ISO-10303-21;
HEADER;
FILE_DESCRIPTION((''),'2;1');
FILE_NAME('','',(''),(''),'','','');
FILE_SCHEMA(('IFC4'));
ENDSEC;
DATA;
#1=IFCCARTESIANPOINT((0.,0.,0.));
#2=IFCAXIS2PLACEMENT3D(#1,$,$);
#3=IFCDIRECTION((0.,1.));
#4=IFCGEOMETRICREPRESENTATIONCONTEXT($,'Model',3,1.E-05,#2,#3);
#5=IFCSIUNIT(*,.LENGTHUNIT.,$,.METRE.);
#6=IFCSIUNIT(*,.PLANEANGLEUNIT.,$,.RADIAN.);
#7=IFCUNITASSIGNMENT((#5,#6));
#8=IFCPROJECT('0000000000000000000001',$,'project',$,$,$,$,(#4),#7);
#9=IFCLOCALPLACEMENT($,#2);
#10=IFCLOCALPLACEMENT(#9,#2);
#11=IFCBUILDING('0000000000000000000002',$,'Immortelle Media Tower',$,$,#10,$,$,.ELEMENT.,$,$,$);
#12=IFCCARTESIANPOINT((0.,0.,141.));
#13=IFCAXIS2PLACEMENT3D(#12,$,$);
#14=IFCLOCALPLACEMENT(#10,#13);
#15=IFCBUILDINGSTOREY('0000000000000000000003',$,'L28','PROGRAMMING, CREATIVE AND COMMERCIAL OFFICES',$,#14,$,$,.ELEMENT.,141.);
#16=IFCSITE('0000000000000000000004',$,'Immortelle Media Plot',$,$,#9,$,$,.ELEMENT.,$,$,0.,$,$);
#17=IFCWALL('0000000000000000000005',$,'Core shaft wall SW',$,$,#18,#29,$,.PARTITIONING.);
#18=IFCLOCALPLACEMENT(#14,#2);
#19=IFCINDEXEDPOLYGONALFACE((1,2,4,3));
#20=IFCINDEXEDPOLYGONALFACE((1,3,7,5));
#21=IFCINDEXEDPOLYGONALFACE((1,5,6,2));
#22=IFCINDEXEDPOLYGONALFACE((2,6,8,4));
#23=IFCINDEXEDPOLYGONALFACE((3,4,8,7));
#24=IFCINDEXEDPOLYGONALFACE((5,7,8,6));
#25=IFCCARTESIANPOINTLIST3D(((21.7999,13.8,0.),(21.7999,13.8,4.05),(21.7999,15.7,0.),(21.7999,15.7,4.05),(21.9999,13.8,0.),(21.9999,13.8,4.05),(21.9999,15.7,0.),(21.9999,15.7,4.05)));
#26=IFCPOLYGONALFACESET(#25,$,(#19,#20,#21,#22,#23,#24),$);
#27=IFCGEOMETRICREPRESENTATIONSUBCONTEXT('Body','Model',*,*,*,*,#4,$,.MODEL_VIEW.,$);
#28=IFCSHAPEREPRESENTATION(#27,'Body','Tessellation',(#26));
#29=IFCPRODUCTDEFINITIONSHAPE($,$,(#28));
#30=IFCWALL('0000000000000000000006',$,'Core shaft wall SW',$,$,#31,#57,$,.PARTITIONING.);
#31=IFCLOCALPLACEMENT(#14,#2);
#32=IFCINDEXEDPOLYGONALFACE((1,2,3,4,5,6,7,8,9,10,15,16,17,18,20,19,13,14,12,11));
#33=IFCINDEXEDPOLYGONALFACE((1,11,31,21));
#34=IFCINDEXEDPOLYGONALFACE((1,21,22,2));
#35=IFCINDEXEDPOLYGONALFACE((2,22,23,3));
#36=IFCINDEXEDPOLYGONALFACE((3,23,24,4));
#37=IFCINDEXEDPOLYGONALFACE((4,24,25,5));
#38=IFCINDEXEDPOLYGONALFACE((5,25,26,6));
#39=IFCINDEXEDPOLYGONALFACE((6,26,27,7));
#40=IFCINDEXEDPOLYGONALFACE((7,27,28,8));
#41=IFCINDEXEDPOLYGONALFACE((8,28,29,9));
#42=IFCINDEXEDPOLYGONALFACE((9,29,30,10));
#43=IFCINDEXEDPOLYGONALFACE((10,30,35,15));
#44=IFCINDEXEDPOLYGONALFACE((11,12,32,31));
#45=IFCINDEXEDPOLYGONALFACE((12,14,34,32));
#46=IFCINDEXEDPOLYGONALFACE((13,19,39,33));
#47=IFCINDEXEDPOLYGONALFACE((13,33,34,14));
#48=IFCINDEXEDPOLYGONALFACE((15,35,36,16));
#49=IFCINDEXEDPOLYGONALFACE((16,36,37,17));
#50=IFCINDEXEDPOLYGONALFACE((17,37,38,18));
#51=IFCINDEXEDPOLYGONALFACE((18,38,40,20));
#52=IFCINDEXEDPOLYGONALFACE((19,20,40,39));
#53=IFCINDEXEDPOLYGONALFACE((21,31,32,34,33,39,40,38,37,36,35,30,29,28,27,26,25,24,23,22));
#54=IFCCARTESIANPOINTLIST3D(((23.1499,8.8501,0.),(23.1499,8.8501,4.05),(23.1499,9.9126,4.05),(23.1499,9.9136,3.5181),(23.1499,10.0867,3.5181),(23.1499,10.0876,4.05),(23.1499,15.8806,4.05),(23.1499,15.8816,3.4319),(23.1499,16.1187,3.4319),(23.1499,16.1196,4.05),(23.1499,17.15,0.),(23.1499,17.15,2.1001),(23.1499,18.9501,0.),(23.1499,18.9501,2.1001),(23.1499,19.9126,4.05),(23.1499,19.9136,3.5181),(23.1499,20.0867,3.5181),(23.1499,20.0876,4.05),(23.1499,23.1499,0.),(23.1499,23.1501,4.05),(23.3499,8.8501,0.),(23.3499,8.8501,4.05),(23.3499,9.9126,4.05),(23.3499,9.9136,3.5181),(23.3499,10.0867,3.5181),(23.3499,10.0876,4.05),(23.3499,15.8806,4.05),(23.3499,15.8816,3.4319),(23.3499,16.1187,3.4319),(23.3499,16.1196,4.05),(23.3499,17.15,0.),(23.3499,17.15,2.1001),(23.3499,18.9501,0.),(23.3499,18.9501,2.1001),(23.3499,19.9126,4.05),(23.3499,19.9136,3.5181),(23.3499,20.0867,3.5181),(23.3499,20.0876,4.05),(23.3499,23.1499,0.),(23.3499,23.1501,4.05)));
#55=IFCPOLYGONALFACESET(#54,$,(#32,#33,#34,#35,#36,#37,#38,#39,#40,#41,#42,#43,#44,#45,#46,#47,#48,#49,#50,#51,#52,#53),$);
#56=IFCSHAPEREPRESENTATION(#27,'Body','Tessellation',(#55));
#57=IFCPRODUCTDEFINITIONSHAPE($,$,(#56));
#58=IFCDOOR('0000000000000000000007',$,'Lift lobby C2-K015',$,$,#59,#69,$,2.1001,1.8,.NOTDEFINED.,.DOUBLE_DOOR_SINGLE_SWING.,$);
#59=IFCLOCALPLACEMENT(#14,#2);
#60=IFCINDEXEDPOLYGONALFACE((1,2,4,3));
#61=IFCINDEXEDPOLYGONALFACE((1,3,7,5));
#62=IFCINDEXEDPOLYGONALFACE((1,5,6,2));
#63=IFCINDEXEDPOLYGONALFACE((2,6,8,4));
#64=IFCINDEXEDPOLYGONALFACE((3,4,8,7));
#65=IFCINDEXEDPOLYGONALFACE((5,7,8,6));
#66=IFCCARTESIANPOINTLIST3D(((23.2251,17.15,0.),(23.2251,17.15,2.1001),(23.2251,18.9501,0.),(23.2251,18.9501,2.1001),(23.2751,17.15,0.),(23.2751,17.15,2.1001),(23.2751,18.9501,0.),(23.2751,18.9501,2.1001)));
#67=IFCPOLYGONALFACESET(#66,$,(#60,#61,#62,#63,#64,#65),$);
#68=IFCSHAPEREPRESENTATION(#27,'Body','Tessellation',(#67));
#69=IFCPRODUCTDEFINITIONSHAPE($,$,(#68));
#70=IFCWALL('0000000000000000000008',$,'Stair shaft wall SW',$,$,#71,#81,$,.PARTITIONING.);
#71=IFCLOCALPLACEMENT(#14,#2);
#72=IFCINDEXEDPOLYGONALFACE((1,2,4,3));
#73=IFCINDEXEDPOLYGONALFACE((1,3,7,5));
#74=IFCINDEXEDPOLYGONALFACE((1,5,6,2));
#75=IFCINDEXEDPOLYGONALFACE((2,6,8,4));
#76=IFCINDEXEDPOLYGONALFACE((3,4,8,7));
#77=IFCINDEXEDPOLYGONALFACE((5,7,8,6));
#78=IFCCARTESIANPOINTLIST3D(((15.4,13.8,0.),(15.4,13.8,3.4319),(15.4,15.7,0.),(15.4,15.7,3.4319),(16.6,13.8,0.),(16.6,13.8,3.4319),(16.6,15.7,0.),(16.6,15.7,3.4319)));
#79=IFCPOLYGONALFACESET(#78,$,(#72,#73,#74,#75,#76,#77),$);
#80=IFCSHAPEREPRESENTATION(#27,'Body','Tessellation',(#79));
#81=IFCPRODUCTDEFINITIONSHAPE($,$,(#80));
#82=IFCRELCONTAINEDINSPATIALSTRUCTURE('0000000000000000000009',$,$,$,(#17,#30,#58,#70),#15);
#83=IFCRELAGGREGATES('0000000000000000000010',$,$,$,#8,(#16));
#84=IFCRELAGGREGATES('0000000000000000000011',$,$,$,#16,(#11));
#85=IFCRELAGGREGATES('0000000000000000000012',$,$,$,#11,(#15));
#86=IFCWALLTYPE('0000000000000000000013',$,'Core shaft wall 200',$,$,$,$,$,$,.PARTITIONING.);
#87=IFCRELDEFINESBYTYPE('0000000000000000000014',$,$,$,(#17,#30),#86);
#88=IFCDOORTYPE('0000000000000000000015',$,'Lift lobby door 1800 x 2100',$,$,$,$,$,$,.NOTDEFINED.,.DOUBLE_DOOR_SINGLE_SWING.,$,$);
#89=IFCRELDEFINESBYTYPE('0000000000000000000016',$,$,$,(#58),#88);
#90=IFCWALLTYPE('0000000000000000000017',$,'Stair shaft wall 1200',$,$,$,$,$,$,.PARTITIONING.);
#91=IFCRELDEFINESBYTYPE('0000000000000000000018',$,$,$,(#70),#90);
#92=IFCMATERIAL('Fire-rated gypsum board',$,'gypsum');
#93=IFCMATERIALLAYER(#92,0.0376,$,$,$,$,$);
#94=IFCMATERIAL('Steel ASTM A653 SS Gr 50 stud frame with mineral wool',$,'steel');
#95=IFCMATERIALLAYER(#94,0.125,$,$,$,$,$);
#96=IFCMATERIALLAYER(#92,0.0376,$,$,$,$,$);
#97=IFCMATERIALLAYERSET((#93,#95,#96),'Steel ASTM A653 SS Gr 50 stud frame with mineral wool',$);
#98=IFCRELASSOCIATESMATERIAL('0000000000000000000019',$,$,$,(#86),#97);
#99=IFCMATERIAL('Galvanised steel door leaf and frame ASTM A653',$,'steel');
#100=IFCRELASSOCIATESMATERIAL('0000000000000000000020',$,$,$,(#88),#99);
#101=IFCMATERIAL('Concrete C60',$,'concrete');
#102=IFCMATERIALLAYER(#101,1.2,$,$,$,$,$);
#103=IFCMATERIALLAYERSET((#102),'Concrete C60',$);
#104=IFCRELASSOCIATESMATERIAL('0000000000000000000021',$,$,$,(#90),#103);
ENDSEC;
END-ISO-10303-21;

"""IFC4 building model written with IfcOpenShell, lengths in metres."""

from ifc_helpers import new_model, si_unit, direction, frame, frame_2d, origin, place, context, subcontext, project, spatial, polyline, rectangle, outline, extrude, material, layer, layer_set, type_object, element, fill, save


model = new_model("IFC4")

# Units and contexts
model_context = context("Model", 3, precision=1e-05, world=origin(), true_north=direction((0.0, 1.0)))
body_context = subcontext(model_context, "Body", "Model", "MODEL_VIEW")
ifc_project = project(units=[si_unit("LENGTHUNIT", "METRE"), si_unit("PLANEANGLEUNIT", "RADIAN")], contexts=[model_context])

# Site, building, storey
site_placement = place(None, origin())
site = spatial("IfcSite", under=ifc_project, at=site_placement, Name="Immortelle Media Plot", CompositionType="ELEMENT", RefElevation=0.0)
building_placement = place(site_placement, origin())
building = spatial("IfcBuilding", under=site, at=building_placement, Name="Immortelle Media Tower", CompositionType="ELEMENT")
storey_placement = place(building_placement, frame((0.0, 0.0, 141.0)))
storey = spatial("IfcBuildingStorey", under=building, at=storey_placement, Name="L28", Description="PROGRAMMING, CREATIVE AND COMMERCIAL OFFICES", CompositionType="ELEMENT", Elevation=141.0)

# Shared definitions
ifc_material_1 = material(Name="Galvanised steel door leaf and frame ASTM A653", Category="steel")

# Wall
ifc_material_2 = material(Name="Fire-rated gypsum board", Category="gypsum")
ifc_layer_1 = layer(ifc_material_2, 0.0376)
ifc_material_3 = material(Name="Steel ASTM A653 SS Gr 50 stud frame with mineral wool", Category="steel")
ifc_layer_2 = layer(ifc_material_3, 0.125)
ifc_layer_3 = layer(ifc_material_2, 0.0376)
ifc_layer_set_1 = layer_set([ifc_layer_1, ifc_layer_2, ifc_layer_3], Name="Steel ASTM A653 SS Gr 50 stud frame with mineral wool")
wall_type_1 = type_object("IfcWallType", Name="Core shaft wall 200", PredefinedType="PARTITIONING", material=ifc_layer_set_1)
wall_1_placement = place(storey_placement, frame((21.8999, 13.8, 0.0), z_axis=(0.0, 0.0, 1.0), x_axis=(0.0, 1.0, 0.0)))
element("IfcWall", 1, at=wall_1_placement, inside=storey, type_object=wall_type_1, Name="Core shaft wall SW", PredefinedType="PARTITIONING", context=body_context, shape_type="SweptSolid", body=[
    extrude(rectangle(XDim=1.8999, YDim=0.2, at=frame_2d((0.95, 0.0))), origin(), (0.0, 0.0, 1.0), 4.05),
])

# Wall, opening, door
wall_2_placement = place(storey_placement, frame((23.25, 8.8501, 0.0), z_axis=(0.0, 0.0, 1.0), x_axis=(0.0, 1.0, 0.0)))
wall_2 = element("IfcWall", 2, at=wall_2_placement, inside=storey, type_object=wall_type_1, Name="Core shaft wall SW", PredefinedType="PARTITIONING", context=body_context, shape_type="SweptSolid", body=[
    extrude(outline(polyline([(0.0, 0.0), (14.2998, 0.0), (14.3, 4.05), (11.2375, 4.05), (11.2366, 3.5181), (11.0635, 3.5181), (11.0625, 4.05), (7.2695, 4.05), (7.2686, 3.4319), (7.0315, 3.4319), (7.0305, 4.05), (1.2375, 4.05), (1.2366, 3.5181), (1.0635, 3.5181), (1.0625, 4.05), (0.0, 4.05), (0.0, 0.0)])), frame((0.0, 0.1001, 0.0), z_axis=(0.0, -1.0, 0.0), x_axis=(1.0, 0.0, 0.0)), (0.0, 0.0, 1.0), 0.2),
])
opening_1_placement = place(wall_2_placement, frame((8.3, 0.0, 0.0)))
opening_1 = element("IfcOpeningElement", 3, at=opening_1_placement, cuts=wall_2, PredefinedType="OPENING", context=body_context, shape_type="SweptSolid", body=[
    extrude(rectangle(XDim=1.8, YDim=2.1001, at=frame_2d((0.8999, 1.05))), frame((0.0, 0.1099, 0.0), z_axis=(0.0, -1.0, 0.0), x_axis=(1.0, 0.0, 0.0)), (0.0, 0.0, 1.0), 0.22),
])
door_type_1 = type_object("IfcDoorType", Name="Lift lobby door 1800 x 2100", OperationType="DOUBLE_DOOR_SINGLE_SWING", PredefinedType="NOTDEFINED", material=ifc_material_1)
door_1_placement = place(opening_1_placement, origin())
door_1 = element("IfcDoor", 4, at=door_1_placement, inside=storey, type_object=door_type_1, Name="Lift lobby C2-K015", OperationType="DOUBLE_DOOR_SINGLE_SWING", OverallHeight=2.1001, OverallWidth=1.8, PredefinedType="NOTDEFINED", context=body_context, shape_type="SweptSolid", body=[
    extrude(rectangle(XDim=1.8, YDim=2.1001, at=frame_2d((0.8999, 1.05))), frame((0.0, 0.0249, 0.0), z_axis=(0.0, -1.0, 0.0), x_axis=(1.0, 0.0, 0.0)), (0.0, 0.0, 1.0), 0.05),
])
fill(opening_1, door_1)

# Wall
ifc_material_4 = material(Name="Concrete C60", Category="concrete")
ifc_layer_4 = layer(ifc_material_4, 1.2)
ifc_layer_set_2 = layer_set([ifc_layer_4], Name="Concrete C60")
wall_type_2 = type_object("IfcWallType", Name="Stair shaft wall 1200", PredefinedType="PARTITIONING", material=ifc_layer_set_2)
wall_3_placement = place(storey_placement, frame((16.0, 13.8, 0.0), z_axis=(0.0, 0.0, 1.0), x_axis=(0.0, 1.0, 0.0)))
element("IfcWall", 5, at=wall_3_placement, inside=storey, type_object=wall_type_2, Name="Stair shaft wall SW", PredefinedType="PARTITIONING", context=body_context, shape_type="SweptSolid", body=[
    extrude(rectangle(XDim=1.8999, YDim=1.2, at=frame_2d((0.95, 0.0))), origin(), (0.0, 0.0, 1.0), 3.4319),
])

save(model, "model.ifc")
